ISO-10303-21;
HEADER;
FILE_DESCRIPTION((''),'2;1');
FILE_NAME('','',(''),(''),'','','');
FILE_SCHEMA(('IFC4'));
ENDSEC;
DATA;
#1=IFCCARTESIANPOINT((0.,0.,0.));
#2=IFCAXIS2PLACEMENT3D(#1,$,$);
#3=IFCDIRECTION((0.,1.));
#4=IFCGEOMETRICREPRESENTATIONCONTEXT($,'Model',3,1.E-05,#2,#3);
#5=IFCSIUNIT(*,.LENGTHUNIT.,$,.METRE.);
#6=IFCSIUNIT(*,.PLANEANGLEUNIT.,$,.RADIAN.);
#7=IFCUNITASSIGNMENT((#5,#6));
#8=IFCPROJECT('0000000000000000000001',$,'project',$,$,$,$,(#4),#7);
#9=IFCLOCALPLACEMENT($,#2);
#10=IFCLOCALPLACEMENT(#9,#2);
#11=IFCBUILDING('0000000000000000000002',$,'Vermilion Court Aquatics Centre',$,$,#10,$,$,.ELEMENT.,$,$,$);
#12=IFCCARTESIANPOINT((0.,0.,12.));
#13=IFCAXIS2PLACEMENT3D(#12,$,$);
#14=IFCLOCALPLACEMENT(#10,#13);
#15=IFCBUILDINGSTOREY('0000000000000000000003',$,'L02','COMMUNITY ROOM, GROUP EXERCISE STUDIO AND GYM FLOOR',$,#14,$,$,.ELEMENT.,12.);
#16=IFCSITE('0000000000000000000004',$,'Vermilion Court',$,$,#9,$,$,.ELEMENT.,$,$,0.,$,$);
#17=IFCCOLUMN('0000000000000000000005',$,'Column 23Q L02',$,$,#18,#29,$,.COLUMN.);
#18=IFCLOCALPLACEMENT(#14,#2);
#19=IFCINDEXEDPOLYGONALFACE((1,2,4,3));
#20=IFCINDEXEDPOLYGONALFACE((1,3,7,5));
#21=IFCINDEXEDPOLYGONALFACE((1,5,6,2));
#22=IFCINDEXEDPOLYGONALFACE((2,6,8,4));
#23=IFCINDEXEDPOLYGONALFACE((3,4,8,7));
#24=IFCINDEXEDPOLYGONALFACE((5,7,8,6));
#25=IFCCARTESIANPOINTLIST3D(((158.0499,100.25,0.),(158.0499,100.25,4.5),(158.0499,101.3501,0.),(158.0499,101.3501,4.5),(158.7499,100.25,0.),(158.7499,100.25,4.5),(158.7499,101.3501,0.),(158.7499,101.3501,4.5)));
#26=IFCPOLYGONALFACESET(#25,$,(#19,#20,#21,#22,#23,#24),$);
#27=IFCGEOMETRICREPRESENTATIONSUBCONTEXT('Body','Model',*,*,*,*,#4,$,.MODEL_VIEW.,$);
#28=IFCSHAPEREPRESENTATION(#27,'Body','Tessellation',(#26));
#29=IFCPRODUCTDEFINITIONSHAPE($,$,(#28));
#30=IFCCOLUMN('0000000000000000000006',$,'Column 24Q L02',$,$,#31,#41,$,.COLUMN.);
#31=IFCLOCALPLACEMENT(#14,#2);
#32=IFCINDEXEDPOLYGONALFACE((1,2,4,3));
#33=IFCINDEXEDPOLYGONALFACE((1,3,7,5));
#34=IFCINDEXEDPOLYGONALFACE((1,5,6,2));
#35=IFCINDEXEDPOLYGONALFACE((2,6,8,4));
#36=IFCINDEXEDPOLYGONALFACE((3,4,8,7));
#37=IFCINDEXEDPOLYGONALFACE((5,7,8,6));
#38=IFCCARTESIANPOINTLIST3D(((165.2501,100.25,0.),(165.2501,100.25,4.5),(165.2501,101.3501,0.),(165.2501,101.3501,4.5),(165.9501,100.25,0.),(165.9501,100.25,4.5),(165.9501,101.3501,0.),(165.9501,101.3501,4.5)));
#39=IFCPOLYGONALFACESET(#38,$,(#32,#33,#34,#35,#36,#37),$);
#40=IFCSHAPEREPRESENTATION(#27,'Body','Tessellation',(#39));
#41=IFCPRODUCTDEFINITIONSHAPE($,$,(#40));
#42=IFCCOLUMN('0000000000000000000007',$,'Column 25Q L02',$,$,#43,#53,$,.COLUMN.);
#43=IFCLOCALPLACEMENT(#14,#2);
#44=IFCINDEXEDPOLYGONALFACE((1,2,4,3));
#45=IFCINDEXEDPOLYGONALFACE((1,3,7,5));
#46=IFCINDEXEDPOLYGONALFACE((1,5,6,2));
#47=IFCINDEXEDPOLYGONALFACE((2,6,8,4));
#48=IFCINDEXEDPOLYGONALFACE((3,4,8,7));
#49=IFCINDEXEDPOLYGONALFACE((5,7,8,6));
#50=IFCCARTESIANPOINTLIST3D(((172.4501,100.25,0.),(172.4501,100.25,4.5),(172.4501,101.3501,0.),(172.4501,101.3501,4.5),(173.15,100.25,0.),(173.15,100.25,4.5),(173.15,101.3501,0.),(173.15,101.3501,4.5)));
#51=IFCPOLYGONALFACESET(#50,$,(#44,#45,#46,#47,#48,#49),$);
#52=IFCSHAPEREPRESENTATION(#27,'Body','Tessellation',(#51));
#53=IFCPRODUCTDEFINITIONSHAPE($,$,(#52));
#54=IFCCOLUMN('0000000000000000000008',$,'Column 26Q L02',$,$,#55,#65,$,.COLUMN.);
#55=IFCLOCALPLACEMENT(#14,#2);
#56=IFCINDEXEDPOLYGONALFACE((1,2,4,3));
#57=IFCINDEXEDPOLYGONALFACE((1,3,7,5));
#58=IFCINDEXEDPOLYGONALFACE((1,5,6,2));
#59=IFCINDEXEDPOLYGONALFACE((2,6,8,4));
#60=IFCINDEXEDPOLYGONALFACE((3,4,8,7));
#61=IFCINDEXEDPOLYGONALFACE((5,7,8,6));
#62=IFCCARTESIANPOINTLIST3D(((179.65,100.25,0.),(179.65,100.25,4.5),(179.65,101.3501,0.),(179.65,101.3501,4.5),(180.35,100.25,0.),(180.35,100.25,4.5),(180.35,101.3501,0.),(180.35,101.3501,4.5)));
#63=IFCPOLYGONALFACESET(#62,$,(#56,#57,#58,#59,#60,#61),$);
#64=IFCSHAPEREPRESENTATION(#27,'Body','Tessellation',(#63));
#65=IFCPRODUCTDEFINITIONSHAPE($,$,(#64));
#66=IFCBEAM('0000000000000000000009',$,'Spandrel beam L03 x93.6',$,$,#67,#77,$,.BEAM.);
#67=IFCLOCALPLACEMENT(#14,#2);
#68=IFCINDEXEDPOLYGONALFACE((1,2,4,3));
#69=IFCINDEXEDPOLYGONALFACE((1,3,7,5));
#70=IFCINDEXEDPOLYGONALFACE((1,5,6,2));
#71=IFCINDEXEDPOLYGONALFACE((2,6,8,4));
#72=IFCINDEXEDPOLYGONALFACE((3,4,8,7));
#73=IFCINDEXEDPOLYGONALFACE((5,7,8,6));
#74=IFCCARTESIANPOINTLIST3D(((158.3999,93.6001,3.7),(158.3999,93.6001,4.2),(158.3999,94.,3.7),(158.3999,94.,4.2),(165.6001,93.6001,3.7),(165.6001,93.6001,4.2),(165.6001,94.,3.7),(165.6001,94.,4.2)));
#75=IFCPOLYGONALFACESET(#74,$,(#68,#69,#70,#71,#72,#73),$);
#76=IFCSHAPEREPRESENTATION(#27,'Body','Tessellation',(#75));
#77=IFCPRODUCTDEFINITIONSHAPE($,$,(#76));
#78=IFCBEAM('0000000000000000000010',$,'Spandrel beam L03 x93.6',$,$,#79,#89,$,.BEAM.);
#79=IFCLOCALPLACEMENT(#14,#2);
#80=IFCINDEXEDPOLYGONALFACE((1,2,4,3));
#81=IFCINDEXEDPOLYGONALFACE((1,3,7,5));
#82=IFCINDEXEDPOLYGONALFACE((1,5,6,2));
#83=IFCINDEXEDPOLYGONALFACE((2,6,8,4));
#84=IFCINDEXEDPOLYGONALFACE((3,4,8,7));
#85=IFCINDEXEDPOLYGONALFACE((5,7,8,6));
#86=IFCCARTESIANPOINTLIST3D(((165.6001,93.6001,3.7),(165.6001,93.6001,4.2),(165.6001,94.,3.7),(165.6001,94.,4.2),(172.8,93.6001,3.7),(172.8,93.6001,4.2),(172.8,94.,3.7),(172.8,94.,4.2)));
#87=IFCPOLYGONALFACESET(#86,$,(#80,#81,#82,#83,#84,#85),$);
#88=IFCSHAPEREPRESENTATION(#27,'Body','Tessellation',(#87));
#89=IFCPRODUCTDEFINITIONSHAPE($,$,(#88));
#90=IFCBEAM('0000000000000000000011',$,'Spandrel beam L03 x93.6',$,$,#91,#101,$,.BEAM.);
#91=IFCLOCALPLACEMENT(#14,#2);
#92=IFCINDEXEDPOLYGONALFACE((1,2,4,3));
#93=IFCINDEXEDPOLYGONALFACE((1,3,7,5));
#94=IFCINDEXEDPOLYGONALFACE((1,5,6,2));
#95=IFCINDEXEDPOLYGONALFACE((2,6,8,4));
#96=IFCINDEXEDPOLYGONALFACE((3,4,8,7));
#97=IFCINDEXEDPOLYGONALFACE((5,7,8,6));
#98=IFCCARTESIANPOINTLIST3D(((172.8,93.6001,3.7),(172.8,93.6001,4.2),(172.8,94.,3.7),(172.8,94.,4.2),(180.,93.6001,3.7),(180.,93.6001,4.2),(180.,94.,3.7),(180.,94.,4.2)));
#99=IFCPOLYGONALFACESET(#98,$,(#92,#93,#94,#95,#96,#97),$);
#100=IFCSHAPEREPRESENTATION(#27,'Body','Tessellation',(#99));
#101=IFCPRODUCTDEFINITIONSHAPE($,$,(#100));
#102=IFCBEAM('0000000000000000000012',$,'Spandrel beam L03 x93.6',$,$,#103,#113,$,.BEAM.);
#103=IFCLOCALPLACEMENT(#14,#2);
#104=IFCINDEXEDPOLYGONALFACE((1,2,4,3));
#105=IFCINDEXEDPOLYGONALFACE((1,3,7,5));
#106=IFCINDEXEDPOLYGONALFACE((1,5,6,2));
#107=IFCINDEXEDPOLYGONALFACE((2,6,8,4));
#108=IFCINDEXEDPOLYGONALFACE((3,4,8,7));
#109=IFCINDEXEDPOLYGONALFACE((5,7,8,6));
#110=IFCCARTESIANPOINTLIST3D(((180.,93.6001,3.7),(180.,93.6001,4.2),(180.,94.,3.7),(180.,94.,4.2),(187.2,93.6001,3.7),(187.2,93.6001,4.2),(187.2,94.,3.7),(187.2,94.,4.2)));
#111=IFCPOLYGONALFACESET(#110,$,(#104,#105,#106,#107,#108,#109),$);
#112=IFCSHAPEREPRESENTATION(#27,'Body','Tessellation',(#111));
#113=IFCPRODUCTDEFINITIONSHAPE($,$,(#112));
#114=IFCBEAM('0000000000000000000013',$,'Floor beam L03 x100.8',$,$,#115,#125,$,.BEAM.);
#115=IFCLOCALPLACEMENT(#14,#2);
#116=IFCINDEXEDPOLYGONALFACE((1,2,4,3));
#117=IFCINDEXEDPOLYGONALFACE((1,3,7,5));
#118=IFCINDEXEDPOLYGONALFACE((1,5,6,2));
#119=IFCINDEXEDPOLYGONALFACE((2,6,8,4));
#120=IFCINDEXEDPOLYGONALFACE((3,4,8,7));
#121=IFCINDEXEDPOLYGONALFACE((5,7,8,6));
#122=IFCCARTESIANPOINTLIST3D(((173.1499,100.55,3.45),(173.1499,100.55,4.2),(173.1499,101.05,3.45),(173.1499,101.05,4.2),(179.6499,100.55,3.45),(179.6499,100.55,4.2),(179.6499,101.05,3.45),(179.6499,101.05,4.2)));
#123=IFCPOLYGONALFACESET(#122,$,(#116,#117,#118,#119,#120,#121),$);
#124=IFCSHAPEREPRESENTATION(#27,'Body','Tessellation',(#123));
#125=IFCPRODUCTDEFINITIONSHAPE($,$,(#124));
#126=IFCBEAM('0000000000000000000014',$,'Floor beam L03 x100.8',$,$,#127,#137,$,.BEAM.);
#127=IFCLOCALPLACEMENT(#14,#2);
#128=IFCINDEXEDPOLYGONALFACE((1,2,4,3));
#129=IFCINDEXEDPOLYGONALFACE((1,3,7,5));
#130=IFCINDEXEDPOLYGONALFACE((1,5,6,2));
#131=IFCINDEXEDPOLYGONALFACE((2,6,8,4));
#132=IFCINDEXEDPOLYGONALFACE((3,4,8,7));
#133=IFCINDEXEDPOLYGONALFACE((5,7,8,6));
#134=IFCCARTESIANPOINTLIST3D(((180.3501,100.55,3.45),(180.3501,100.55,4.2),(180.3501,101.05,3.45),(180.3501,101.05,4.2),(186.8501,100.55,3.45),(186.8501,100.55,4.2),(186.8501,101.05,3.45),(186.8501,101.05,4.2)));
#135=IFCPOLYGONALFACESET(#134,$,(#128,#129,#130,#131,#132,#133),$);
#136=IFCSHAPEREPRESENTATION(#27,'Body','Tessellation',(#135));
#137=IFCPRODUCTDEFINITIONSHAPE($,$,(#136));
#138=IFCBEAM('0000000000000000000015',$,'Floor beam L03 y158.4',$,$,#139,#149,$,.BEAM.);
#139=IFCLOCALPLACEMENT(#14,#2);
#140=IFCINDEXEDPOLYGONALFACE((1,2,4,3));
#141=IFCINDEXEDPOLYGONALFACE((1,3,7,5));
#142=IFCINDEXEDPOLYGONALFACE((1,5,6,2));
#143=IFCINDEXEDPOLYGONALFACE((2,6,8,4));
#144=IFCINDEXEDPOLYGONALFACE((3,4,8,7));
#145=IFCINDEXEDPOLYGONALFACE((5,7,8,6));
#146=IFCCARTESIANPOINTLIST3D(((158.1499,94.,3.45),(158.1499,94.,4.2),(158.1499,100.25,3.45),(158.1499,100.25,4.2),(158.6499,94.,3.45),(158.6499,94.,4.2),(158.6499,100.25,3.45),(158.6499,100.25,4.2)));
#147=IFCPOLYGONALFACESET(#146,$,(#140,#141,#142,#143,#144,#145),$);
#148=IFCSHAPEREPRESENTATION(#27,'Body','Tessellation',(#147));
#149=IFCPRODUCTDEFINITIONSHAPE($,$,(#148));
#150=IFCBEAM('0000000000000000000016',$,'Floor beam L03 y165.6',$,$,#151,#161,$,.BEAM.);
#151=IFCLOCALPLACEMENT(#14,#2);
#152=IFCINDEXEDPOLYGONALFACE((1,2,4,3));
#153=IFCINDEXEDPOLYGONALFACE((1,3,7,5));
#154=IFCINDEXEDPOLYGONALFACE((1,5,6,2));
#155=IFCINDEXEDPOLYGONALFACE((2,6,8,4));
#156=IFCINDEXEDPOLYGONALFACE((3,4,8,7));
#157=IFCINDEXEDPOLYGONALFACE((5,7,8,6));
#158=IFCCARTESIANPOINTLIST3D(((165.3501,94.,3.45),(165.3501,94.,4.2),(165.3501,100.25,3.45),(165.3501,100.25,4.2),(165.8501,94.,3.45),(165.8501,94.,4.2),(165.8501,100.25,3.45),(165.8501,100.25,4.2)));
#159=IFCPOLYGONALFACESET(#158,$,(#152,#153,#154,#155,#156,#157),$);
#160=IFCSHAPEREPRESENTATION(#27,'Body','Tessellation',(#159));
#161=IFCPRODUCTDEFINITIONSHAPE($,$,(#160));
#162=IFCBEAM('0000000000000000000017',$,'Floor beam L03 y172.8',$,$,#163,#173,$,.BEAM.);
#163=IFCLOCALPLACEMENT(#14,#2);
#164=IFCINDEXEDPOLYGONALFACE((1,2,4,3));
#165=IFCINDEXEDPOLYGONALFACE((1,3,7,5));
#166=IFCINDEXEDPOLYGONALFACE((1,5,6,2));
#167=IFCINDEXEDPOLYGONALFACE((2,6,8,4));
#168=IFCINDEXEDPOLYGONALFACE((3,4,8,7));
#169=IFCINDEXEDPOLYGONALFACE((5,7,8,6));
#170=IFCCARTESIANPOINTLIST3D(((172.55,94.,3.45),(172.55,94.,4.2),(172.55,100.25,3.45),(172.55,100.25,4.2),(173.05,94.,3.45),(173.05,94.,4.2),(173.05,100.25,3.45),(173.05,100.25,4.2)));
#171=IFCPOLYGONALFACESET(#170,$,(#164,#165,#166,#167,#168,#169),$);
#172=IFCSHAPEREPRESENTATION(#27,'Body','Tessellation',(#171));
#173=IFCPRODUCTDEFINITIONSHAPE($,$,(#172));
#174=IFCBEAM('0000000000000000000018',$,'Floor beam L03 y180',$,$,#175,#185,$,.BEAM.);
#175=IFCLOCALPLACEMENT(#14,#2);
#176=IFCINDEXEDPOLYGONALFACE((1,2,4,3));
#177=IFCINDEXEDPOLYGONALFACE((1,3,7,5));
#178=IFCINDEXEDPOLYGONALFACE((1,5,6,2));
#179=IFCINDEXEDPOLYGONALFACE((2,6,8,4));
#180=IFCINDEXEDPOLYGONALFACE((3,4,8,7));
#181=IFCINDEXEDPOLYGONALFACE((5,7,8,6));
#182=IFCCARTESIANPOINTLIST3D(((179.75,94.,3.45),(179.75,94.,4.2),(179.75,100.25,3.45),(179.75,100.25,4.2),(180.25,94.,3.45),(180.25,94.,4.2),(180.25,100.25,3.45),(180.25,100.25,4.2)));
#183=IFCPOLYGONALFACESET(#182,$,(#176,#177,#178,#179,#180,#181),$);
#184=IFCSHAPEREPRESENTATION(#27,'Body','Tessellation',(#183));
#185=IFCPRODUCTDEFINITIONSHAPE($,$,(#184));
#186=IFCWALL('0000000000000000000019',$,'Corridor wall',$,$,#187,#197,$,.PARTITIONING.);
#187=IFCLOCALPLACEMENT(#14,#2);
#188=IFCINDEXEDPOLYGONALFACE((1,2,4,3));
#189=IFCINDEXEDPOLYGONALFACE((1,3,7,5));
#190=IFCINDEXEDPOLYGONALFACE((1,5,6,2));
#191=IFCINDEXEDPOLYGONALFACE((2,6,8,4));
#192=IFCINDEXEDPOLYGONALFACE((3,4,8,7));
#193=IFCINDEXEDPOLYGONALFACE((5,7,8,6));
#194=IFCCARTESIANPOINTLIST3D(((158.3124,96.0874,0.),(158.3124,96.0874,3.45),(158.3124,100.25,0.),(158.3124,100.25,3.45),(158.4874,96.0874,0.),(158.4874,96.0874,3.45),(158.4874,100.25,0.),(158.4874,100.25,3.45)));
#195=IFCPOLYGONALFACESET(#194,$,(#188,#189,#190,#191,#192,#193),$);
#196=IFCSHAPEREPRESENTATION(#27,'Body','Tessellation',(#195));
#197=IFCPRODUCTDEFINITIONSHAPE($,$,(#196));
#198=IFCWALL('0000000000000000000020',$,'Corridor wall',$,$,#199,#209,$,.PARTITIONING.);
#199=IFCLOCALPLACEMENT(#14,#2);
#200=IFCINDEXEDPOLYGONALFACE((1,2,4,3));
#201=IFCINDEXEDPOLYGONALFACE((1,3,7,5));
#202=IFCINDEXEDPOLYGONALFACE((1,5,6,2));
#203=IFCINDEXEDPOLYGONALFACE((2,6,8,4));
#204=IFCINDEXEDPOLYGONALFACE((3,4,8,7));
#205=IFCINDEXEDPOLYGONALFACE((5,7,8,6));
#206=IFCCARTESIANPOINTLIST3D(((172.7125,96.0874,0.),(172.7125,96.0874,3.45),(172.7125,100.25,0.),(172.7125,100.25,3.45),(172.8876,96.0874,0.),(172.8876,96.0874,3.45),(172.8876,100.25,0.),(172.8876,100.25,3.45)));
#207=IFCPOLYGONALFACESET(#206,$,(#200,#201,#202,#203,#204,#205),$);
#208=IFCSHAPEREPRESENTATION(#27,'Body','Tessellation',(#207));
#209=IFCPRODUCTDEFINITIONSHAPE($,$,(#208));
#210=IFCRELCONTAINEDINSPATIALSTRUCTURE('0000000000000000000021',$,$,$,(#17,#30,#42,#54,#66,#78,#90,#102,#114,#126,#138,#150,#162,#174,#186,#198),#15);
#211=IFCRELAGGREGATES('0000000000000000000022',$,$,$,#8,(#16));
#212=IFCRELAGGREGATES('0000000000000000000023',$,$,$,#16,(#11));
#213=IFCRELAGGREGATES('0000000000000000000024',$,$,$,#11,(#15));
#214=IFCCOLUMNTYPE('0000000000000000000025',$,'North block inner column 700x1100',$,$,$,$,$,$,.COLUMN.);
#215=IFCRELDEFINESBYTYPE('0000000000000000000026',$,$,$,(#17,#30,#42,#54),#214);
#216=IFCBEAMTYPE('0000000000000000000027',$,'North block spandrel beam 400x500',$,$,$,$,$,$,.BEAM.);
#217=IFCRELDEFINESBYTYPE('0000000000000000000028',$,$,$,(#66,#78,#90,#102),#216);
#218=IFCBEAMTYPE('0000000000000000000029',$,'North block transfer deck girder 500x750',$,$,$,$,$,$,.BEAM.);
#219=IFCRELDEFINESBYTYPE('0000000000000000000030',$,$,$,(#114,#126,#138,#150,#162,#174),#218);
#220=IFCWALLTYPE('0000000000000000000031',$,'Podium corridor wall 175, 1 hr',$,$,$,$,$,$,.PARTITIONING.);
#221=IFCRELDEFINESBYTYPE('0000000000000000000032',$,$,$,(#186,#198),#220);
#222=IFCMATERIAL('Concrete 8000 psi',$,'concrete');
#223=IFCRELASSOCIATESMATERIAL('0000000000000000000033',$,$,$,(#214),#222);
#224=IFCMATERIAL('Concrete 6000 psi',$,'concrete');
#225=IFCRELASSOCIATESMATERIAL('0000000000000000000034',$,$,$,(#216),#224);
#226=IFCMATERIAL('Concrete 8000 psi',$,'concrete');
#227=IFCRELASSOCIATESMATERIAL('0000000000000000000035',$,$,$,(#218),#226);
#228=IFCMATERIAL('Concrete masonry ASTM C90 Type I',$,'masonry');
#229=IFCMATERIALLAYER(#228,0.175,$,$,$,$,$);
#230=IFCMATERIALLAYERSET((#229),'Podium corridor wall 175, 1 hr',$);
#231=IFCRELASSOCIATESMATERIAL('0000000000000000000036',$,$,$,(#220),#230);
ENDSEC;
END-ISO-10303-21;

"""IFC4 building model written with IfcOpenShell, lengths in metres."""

from ifc_helpers import new_model, si_unit, direction, frame, frame_2d, origin, origin_2d, place, context, subcontext, project, spatial, rectangle, extrude, material, layer, layer_set, material_profile, profile_set, type_object, element, save


model = new_model("IFC4")

# Units and contexts
model_context = context("Model", 3, precision=1e-05, world=origin(), true_north=direction((0.0, 1.0)))
body_context = subcontext(model_context, "Body", "Model", "MODEL_VIEW")
ifc_project = project(units=[si_unit("LENGTHUNIT", "METRE"), si_unit("PLANEANGLEUNIT", "RADIAN")], contexts=[model_context])

# Site, building, storey
site_placement = place(None, origin())
site = spatial("IfcSite", under=ifc_project, at=site_placement, Name="Vermilion Court", CompositionType="ELEMENT", RefElevation=0.0)
building_placement = place(site_placement, origin())
building = spatial("IfcBuilding", under=site, at=building_placement, Name="Vermilion Court Aquatics Centre", CompositionType="ELEMENT")
storey_placement = place(building_placement, frame((0.0, 0.0, 12.0)))
storey = spatial("IfcBuildingStorey", under=building, at=storey_placement, Name="L02", Description="COMMUNITY ROOM, GROUP EXERCISE STUDIO AND GYM FLOOR", CompositionType="ELEMENT", Elevation=12.0)

# Columns
ifc_material_1 = material(Name="Concrete 8000 psi", Category="concrete")
ifc_material_profile_1 = material_profile(ifc_material_1, rectangle(XDim=0.7, YDim=1.1001, at=origin_2d()), Name="RC 700x1100")
ifc_profile_set_1 = profile_set([ifc_material_profile_1], Name="Concrete 8000 psi")
column_type = type_object("IfcColumnType", Name="North block inner column 700x1100", PredefinedType="COLUMN", material=ifc_profile_set_1)
for number, where, z_axis, x_axis, name in (
    (1, (158.3999, 100.8, 0.0), (0.0, 0.0, 1.0), (1.0, 0.0, 0.0), "Column 23Q L02"),
    (2, (165.6001, 100.8, 0.0), (0.0, 0.0, 1.0), (1.0, 0.0, 0.0), "Column 24Q L02"),
    (3, (172.8, 100.8, 0.0), (0.0, 0.0, 1.0), (1.0, 0.0, 0.0), "Column 25Q L02"),
    (4, (180.0, 100.8, 0.0), (0.0, 0.0, 1.0), (1.0, 0.0, 0.0), "Column 26Q L02"),
):
    element("IfcColumn", number, at=place(storey_placement, frame(where, z_axis=z_axis, x_axis=x_axis)), inside=storey, type_object=column_type, Name=name, PredefinedType="COLUMN", context=body_context, shape_type="SweptSolid", body=[
        extrude(rectangle(XDim=0.7, YDim=1.1001, at=origin_2d()), origin(), (0.0, 0.0, 1.0), 4.5),
    ])

# Beams
ifc_material_2 = material(Name="Concrete 6000 psi", Category="concrete")
ifc_material_profile_2 = material_profile(ifc_material_2, rectangle(XDim=0.3999, YDim=0.5, at=origin_2d()), Name="RC 400x500")
ifc_profile_set_2 = profile_set([ifc_material_profile_2], Name="Concrete 6000 psi")
beam_type_1 = type_object("IfcBeamType", Name="North block spandrel beam 400x500", PredefinedType="BEAM", material=ifc_profile_set_2)
beam_placement = place(storey_placement, frame((158.3999, 93.8, 3.95), z_axis=(1.0, 0.0, 0.0), x_axis=(0.0, 1.0, 0.0)))
element("IfcBeam", 5, at=beam_placement, inside=storey, type_object=beam_type_1, Name="Spandrel beam L03 x93.6", PredefinedType="BEAM", context=body_context, shape_type="SweptSolid", body=[
    extrude(rectangle(XDim=0.3999, YDim=0.5, at=origin_2d()), origin(), (0.0, 0.0, 1.0), 7.2002),
])
for number, where, z_axis, x_axis, name in (
    (6, (165.6001, 93.8, 3.95), (1.0, 0.0, 0.0), (0.0, 1.0, 0.0), "Spandrel beam L03 x93.6"),
    (7, (172.8, 93.8, 3.95), (1.0, 0.0, 0.0), (0.0, 1.0, 0.0), "Spandrel beam L03 x93.6"),
    (8, (180.0, 93.8, 3.95), (1.0, 0.0, 0.0), (0.0, 1.0, 0.0), "Spandrel beam L03 x93.6"),
):
    element("IfcBeam", number, at=place(storey_placement, frame(where, z_axis=z_axis, x_axis=x_axis)), inside=storey, type_object=beam_type_1, Name=name, PredefinedType="BEAM", context=body_context, shape_type="SweptSolid", body=[
        extrude(rectangle(XDim=0.3999, YDim=0.5, at=origin_2d()), origin(), (0.0, 0.0, 1.0), 7.2),
    ])
ifc_material_3 = material(Name="Concrete 8000 psi", Category="concrete")
ifc_material_profile_3 = material_profile(ifc_material_3, rectangle(XDim=0.5, YDim=0.75, at=origin_2d()), Name="RC 500x750")
ifc_profile_set_3 = profile_set([ifc_material_profile_3], Name="Concrete 8000 psi")
beam_type_2 = type_object("IfcBeamType", Name="North block transfer deck girder 500x750", PredefinedType="BEAM", material=ifc_profile_set_3)
for number, where, z_axis, x_axis, name in (
    (9, (173.1499, 100.8, 3.825), (1.0, 0.0, 0.0), (0.0, 1.0, 0.0), "Floor beam L03 x100.8"),
    (10, (180.3501, 100.8, 3.825), (1.0, 0.0, 0.0), (0.0, 1.0, 0.0), "Floor beam L03 x100.8"),
):
    element("IfcBeam", number, at=place(storey_placement, frame(where, z_axis=z_axis, x_axis=x_axis)), inside=storey, type_object=beam_type_2, Name=name, PredefinedType="BEAM", context=body_context, shape_type="SweptSolid", body=[
        extrude(rectangle(XDim=0.5, YDim=0.75, at=origin_2d()), origin(), (0.0, 0.0, 1.0), 6.5),
    ])
for number, where, z_axis, x_axis, name in (
    (11, (158.3999, 94.0, 3.825), (0.0, 1.0, 0.0), (-1.0, 0.0, 0.0), "Floor beam L03 y158.4"),
    (12, (165.6001, 94.0, 3.825), (0.0, 1.0, 0.0), (-1.0, 0.0, 0.0), "Floor beam L03 y165.6"),
    (13, (172.8, 94.0, 3.825), (0.0, 1.0, 0.0), (-1.0, 0.0, 0.0), "Floor beam L03 y172.8"),
    (14, (180.0, 94.0, 3.825), (0.0, 1.0, 0.0), (-1.0, 0.0, 0.0), "Floor beam L03 y180"),
):
    element("IfcBeam", number, at=place(storey_placement, frame(where, z_axis=z_axis, x_axis=x_axis)), inside=storey, type_object=beam_type_2, Name=name, PredefinedType="BEAM", context=body_context, shape_type="SweptSolid", body=[
        extrude(rectangle(XDim=0.5, YDim=0.75, at=origin_2d()), origin(), (0.0, 0.0, 1.0), 6.25),
    ])

# Walls
ifc_material_4 = material(Name="Concrete masonry ASTM C90 Type I", Category="masonry")
ifc_layer = layer(ifc_material_4, 0.175)
ifc_layer_set = layer_set([ifc_layer], Name="Podium corridor wall 175, 1 hr")
wall_type = type_object("IfcWallType", Name="Podium corridor wall 175, 1 hr", PredefinedType="PARTITIONING", material=ifc_layer_set)
for number, where, z_axis, x_axis, name in (
    (15, (158.3999, 96.0874, 0.0), (0.0, 0.0, 1.0), (0.0, 1.0, 0.0), "Corridor wall"),
    (16, (172.8, 96.0874, 0.0), (0.0, 0.0, 1.0), (0.0, 1.0, 0.0), "Corridor wall"),
):
    element("IfcWall", number, at=place(storey_placement, frame(where, z_axis=z_axis, x_axis=x_axis)), inside=storey, type_object=wall_type, Name=name, PredefinedType="PARTITIONING", context=body_context, shape_type="SweptSolid", body=[
        extrude(rectangle(XDim=4.1626, YDim=0.175, at=frame_2d((2.0813, 0.0))), origin(), (0.0, 0.0, 1.0), 3.45),
    ])

save(model, "model.ifc")
